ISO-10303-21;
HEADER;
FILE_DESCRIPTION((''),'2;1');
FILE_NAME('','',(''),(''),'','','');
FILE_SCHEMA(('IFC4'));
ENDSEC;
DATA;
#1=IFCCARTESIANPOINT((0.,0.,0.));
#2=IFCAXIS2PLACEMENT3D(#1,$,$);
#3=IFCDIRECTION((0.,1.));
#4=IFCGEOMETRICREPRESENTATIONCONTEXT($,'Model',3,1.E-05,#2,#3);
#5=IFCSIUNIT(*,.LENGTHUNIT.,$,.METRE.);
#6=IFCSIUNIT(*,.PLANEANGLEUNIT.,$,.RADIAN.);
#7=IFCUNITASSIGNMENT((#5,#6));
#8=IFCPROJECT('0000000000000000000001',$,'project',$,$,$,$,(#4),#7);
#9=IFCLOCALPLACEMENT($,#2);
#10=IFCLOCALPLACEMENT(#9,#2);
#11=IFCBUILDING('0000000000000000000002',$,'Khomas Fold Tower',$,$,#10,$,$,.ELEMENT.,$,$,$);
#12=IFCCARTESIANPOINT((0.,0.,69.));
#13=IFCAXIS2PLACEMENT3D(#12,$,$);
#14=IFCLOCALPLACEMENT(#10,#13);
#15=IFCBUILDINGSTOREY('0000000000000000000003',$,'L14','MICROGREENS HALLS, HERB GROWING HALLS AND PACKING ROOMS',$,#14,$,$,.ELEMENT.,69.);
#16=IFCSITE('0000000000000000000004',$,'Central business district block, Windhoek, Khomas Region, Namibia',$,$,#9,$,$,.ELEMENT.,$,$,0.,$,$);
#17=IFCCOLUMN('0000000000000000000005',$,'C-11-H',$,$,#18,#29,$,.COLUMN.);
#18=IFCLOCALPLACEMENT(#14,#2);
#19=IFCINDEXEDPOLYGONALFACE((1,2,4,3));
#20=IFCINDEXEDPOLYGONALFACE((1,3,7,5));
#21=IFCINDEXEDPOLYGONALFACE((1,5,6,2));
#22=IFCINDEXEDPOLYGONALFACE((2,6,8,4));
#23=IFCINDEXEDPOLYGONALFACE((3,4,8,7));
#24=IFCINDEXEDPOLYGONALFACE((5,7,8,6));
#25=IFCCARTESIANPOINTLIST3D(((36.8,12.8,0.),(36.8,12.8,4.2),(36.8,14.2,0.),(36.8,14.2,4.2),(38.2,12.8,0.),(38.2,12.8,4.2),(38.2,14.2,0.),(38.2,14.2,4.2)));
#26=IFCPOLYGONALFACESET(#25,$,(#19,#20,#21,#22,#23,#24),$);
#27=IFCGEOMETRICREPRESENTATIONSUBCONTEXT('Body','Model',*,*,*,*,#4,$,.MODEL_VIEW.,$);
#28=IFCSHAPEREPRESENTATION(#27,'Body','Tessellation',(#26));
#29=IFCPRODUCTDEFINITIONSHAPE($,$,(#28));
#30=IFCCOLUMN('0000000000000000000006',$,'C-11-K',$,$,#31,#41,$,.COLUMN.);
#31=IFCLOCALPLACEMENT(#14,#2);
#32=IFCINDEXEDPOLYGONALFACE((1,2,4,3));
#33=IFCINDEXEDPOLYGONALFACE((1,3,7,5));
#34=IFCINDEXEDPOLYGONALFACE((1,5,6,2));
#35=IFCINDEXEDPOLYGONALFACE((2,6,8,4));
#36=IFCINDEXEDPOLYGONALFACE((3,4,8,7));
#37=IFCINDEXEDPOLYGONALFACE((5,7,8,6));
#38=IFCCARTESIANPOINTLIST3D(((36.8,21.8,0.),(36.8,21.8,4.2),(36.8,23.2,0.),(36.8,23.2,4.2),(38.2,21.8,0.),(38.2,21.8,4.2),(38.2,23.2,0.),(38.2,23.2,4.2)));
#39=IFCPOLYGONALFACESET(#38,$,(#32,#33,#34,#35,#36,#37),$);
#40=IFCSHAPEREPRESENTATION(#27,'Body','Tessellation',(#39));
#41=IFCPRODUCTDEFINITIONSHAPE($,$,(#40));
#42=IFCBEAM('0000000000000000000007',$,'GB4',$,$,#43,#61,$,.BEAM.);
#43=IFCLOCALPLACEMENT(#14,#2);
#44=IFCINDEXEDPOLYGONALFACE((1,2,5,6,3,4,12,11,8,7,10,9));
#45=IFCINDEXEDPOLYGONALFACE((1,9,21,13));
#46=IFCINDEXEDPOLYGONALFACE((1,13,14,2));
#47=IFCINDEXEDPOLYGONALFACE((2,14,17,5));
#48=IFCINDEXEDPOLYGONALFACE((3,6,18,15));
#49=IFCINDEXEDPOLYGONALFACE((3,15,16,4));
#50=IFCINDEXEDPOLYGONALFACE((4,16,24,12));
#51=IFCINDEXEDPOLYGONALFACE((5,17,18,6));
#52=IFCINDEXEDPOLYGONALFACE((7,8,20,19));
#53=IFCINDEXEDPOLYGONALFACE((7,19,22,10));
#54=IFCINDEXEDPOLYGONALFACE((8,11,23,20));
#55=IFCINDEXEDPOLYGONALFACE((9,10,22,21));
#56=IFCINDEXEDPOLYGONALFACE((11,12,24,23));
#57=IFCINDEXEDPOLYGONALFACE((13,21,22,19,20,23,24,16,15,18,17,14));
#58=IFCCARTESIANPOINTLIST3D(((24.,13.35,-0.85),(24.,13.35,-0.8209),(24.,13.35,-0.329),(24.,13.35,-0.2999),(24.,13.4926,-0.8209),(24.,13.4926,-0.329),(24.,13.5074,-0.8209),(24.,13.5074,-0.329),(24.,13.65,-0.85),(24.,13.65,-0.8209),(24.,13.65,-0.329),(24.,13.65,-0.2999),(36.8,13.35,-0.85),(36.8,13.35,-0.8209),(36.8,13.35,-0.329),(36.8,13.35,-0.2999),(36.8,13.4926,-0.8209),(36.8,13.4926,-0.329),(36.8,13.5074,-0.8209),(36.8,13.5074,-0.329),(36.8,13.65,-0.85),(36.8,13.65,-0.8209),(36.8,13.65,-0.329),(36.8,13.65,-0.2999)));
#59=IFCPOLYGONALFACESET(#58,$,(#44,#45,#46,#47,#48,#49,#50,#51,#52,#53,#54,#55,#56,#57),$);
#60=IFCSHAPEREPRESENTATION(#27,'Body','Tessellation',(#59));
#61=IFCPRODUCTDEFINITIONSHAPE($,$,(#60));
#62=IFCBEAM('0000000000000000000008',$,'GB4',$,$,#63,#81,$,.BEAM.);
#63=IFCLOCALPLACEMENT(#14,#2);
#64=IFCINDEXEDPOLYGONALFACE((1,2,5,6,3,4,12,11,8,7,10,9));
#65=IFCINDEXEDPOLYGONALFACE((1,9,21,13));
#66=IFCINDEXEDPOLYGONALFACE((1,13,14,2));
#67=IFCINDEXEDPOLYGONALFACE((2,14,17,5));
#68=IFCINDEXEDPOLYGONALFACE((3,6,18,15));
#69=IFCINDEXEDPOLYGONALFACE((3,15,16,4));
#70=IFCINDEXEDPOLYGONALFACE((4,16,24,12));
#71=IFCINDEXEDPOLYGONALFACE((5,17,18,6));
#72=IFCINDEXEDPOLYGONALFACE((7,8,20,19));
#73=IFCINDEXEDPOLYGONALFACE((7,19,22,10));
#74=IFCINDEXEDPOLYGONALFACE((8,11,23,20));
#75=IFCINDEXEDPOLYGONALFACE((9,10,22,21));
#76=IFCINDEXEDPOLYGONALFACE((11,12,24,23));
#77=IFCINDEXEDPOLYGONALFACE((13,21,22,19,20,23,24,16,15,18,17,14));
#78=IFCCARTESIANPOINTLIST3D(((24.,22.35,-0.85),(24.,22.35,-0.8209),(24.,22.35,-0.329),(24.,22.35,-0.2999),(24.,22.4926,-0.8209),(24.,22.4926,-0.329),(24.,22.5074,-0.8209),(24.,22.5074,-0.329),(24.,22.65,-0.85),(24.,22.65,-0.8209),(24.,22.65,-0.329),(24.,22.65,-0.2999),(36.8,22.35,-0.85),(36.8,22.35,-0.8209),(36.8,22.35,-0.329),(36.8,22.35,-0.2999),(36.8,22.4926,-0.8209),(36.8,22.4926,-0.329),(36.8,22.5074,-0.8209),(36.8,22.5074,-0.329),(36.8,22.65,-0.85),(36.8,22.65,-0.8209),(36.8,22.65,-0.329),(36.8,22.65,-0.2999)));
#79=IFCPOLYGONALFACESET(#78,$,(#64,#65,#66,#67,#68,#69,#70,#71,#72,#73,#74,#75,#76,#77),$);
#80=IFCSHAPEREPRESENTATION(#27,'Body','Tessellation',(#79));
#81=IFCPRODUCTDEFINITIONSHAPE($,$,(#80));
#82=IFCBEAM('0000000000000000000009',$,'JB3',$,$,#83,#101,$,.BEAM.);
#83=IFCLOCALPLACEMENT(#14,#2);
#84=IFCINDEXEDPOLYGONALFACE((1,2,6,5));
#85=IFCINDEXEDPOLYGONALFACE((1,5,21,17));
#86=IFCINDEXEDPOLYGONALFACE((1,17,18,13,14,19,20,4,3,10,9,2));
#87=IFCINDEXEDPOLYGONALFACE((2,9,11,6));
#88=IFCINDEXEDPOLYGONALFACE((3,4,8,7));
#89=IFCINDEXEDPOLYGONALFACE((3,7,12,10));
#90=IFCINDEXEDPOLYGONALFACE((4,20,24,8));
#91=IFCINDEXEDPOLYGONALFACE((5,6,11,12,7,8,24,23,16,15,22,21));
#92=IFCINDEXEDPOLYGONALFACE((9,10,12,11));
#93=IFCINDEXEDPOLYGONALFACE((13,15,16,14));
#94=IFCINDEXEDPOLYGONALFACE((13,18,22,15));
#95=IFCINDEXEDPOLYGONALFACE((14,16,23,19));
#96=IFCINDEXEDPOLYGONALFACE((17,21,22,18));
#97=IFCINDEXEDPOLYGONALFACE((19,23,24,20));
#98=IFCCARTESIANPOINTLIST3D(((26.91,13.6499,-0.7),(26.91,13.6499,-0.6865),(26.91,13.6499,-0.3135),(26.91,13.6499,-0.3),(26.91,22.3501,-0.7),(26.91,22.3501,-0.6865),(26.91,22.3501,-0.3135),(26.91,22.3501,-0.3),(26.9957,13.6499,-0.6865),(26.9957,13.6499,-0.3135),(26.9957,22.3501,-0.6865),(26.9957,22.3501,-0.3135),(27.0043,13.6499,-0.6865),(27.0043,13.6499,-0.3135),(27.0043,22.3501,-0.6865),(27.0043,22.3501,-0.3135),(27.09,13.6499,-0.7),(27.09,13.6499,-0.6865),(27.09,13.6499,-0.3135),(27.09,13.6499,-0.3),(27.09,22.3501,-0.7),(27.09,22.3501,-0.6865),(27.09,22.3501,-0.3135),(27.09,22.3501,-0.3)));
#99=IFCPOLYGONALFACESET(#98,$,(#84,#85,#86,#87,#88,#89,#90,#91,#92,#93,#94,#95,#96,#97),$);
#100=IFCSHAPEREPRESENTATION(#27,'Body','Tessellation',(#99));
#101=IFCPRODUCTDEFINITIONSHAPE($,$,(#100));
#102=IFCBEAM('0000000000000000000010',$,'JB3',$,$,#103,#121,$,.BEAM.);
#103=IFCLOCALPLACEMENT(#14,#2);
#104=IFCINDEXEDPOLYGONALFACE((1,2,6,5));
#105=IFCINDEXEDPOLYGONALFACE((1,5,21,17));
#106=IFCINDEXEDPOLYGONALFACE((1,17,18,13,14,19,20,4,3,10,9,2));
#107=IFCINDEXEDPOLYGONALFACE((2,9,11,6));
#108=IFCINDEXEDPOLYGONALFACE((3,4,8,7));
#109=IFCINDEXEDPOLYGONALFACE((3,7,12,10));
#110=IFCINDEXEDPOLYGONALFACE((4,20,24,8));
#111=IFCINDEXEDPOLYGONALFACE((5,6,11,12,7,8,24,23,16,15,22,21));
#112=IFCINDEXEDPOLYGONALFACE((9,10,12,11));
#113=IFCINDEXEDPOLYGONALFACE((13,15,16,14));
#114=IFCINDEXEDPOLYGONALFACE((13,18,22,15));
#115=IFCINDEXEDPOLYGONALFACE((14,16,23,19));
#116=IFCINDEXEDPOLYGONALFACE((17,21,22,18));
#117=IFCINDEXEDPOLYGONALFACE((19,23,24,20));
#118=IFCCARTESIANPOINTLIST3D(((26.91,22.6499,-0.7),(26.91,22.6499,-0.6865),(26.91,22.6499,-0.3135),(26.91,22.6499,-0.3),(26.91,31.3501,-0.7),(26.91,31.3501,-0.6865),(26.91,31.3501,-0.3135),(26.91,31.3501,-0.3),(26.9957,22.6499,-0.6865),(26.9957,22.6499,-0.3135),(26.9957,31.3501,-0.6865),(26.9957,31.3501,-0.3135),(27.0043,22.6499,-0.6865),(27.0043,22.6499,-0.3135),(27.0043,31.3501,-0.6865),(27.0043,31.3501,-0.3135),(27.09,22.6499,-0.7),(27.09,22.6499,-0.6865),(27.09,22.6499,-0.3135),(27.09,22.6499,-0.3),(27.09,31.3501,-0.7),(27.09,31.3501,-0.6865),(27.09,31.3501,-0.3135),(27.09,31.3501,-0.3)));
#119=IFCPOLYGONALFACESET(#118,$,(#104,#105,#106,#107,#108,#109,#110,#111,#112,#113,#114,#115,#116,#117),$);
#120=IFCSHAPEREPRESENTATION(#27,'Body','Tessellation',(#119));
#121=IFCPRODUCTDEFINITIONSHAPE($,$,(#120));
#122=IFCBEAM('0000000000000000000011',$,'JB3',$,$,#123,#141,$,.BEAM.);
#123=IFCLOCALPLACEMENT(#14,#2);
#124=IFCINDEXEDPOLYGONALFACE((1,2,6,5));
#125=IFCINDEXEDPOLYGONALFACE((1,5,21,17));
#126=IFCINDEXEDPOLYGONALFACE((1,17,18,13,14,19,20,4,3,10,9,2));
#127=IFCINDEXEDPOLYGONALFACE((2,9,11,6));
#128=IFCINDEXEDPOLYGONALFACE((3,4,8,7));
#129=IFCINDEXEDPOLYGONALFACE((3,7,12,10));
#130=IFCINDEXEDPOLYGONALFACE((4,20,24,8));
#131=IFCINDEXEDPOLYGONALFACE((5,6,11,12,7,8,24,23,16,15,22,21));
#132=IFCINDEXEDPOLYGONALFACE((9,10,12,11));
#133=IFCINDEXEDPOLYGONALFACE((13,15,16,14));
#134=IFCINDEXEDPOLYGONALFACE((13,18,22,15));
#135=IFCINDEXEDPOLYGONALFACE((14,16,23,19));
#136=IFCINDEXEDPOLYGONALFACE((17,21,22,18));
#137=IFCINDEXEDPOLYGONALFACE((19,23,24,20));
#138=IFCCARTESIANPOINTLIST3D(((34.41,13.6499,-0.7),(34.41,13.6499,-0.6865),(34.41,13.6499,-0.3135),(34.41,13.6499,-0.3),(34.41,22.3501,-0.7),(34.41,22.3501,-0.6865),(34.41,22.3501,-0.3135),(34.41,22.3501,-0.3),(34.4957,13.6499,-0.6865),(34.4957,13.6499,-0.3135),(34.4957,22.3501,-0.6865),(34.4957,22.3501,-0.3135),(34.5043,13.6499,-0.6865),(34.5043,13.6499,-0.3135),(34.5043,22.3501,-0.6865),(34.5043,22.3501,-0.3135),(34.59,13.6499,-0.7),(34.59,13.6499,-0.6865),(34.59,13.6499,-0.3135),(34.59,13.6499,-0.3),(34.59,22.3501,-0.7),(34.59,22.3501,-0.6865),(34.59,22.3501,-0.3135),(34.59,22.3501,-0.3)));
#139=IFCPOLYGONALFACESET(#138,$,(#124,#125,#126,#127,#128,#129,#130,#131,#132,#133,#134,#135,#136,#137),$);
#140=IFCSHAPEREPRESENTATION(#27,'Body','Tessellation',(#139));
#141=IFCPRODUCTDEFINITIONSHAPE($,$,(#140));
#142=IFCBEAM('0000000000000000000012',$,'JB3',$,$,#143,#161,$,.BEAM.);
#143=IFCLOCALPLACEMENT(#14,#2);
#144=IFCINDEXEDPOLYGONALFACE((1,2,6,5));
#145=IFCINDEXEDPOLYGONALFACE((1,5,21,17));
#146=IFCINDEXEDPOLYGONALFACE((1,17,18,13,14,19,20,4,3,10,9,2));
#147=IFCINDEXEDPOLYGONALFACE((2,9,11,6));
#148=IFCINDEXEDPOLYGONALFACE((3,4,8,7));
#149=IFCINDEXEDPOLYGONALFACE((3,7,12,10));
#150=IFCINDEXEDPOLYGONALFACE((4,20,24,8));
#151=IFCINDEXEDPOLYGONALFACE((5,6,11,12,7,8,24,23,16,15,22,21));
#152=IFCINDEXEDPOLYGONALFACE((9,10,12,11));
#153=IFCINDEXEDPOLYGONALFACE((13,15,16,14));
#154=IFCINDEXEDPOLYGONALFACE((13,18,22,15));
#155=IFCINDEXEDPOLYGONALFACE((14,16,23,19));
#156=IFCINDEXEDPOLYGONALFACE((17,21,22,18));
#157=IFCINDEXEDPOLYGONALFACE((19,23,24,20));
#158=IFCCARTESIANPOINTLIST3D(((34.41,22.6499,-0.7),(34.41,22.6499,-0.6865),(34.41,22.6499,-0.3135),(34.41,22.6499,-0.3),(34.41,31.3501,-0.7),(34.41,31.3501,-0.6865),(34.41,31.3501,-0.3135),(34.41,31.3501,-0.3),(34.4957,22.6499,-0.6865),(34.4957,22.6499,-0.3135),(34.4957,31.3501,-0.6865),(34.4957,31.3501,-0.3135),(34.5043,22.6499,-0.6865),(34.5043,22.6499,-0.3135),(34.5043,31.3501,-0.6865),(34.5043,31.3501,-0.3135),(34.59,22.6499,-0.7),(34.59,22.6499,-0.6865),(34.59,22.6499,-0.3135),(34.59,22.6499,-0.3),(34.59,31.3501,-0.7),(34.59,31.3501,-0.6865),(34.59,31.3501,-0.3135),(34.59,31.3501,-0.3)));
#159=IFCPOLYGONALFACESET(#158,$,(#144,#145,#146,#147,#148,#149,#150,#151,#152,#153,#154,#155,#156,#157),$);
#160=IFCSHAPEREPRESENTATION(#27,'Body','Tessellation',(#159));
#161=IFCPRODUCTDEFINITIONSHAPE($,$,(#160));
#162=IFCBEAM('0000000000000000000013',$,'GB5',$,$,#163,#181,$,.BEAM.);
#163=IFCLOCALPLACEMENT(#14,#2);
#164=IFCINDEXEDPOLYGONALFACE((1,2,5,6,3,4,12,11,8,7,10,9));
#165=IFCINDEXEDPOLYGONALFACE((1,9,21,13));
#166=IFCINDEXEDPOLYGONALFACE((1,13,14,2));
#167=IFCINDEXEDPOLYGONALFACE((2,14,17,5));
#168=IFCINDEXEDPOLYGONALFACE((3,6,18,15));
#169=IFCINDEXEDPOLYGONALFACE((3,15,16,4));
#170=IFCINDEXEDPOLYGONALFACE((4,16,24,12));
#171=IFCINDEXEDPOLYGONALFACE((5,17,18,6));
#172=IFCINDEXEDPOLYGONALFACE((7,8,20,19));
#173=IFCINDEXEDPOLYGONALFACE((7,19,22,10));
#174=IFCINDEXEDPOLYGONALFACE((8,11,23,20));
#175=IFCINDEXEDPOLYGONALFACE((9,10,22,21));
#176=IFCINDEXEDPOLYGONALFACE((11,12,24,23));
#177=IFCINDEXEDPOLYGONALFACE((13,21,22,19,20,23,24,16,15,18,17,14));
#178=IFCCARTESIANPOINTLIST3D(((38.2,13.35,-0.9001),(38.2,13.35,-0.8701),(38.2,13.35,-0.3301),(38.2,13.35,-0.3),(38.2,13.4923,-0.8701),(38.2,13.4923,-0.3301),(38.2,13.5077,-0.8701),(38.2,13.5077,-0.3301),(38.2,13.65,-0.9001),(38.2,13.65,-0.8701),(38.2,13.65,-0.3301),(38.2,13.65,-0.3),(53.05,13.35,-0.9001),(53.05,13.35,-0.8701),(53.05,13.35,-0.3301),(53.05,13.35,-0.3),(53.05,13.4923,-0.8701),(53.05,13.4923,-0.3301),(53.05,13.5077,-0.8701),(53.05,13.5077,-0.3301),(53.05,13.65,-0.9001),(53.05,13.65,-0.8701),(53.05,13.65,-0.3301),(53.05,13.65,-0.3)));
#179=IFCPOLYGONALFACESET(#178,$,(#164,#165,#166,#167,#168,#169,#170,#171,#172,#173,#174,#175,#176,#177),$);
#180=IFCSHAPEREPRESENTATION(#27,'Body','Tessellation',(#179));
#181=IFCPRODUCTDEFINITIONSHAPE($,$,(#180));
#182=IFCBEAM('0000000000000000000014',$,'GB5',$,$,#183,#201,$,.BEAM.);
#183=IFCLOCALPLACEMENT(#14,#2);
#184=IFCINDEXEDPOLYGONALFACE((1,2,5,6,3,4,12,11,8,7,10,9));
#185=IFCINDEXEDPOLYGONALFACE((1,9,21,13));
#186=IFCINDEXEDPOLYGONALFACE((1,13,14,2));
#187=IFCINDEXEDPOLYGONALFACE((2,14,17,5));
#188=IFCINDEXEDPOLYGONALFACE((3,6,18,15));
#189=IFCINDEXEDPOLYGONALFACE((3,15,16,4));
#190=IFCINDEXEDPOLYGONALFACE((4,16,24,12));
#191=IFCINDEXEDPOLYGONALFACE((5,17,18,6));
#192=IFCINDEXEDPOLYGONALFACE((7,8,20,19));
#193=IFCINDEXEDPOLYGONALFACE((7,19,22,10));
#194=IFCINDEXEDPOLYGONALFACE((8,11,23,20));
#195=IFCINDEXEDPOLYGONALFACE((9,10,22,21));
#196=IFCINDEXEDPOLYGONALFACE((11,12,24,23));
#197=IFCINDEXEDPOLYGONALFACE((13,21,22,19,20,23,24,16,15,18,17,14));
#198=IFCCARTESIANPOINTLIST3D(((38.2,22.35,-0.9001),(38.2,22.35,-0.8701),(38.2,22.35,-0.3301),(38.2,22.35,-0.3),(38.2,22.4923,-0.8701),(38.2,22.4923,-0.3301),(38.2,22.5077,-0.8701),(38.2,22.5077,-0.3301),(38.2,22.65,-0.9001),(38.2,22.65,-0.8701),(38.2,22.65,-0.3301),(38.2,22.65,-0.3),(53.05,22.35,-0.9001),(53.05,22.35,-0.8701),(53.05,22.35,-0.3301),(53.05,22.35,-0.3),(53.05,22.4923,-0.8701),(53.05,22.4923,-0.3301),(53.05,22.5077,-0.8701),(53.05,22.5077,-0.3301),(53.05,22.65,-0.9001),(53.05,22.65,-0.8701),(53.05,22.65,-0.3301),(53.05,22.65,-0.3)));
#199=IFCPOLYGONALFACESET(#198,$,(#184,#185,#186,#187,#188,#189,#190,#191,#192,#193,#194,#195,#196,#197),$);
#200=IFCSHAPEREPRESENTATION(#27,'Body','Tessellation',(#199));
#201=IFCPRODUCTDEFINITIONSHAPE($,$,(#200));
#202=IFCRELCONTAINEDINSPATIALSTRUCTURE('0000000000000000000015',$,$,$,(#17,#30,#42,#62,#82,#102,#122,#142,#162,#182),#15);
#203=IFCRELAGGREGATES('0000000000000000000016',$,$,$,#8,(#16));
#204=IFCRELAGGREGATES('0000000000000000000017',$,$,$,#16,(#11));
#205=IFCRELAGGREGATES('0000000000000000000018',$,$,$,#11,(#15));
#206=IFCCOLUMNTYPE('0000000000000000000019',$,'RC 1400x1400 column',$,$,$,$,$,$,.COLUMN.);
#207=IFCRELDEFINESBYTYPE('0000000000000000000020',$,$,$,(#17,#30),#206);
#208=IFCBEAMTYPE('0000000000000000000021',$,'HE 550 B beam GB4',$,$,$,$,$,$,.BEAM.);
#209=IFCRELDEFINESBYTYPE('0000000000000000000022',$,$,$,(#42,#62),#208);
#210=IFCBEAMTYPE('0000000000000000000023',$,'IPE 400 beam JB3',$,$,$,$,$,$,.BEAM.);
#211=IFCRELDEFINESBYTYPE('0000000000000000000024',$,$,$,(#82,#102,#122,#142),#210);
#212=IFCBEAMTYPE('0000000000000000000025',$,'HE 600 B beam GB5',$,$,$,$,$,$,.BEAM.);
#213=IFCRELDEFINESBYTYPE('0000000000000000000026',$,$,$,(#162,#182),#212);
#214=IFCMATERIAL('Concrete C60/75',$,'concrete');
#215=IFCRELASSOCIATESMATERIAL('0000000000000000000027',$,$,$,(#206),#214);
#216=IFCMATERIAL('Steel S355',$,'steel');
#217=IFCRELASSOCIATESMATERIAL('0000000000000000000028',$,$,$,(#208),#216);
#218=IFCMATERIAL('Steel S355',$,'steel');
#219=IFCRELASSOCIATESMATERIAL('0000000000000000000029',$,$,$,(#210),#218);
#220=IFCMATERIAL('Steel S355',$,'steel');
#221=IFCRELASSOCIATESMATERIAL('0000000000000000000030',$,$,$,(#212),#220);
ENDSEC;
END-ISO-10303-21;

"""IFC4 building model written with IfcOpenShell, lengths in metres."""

from ifc_helpers import new_model, si_unit, direction, frame, origin, origin_2d, place, context, subcontext, project, spatial, rectangle, i_section, extrude, source, transform, mapped, material, material_profile, profile_set, type_object, element, save


model = new_model("IFC4")

# Units and contexts
model_context = context("Model", 3, precision=1e-05, world=origin(), true_north=direction((0.0, 1.0)))
body_context = subcontext(model_context, "Body", "Model", "MODEL_VIEW")
ifc_project = project(units=[si_unit("LENGTHUNIT", "METRE"), si_unit("PLANEANGLEUNIT", "RADIAN")], contexts=[model_context])

# Site, building, storey
site_placement = place(None, origin())
site = spatial("IfcSite", under=ifc_project, at=site_placement, Name="Central business district block, Windhoek, Khomas Region, Namibia", CompositionType="ELEMENT", RefElevation=0.0)
building_placement = place(site_placement, origin())
building = spatial("IfcBuilding", under=site, at=building_placement, Name="Khomas Fold Tower", CompositionType="ELEMENT")
storey_placement = place(building_placement, frame((0.0, 0.0, 69.0)))
storey = spatial("IfcBuildingStorey", under=building, at=storey_placement, Name="L14", Description="MICROGREENS HALLS, HERB GROWING HALLS AND PACKING ROOMS", CompositionType="ELEMENT", Elevation=69.0)

# Columns
ifc_material_1 = material(Name="Concrete C60/75", Category="concrete")
ifc_material_profile_1 = material_profile(ifc_material_1, rectangle(XDim=1.3999, YDim=1.3999, at=origin_2d()), Name="RC 1400x1400")
ifc_profile_set_1 = profile_set([ifc_material_profile_1], Name="Concrete C60/75")
column_type = type_object("IfcColumnType", Name="RC 1400x1400 column", PredefinedType="COLUMN", material=ifc_profile_set_1)
shared_shape_1 = source(origin(), body_context, "Body", "SweptSolid", [
    extrude(rectangle(XDim=1.3999, YDim=1.3999, at=origin_2d()), origin(), (0.0, 0.0, 1.0), 4.2),
])
for number, where, z_axis, x_axis, name in (
    (1, (37.5, 13.5, 0.0), (0.0, 0.0, 1.0), (1.0, 0.0, 0.0), "C-11-H"),
    (2, (37.5, 22.5, 0.0), (0.0, 0.0, 1.0), (1.0, 0.0, 0.0), "C-11-K"),
):
    element("IfcColumn", number, at=place(storey_placement, frame(where, z_axis=z_axis, x_axis=x_axis)), inside=storey, type_object=column_type, Name=name, PredefinedType="COLUMN", context=body_context, shape_type="MappedRepresentation", body=[
        mapped(shared_shape_1, transform((0.0, 0.0, 0.0))),
    ])

# Beams
ifc_material_2 = material(Name="Steel S355", Category="steel")
ifc_material_profile_2 = material_profile(ifc_material_2, i_section(OverallWidth=0.3, OverallDepth=0.55, WebThickness=0.0149, FlangeThickness=0.0291, at=origin_2d()), Name="HE 550 B")
ifc_profile_set_2 = profile_set([ifc_material_profile_2], Name="Steel S355")
beam_type_1 = type_object("IfcBeamType", Name="HE 550 B beam GB4", PredefinedType="BEAM", material=ifc_profile_set_2)
shared_shape_2 = source(origin(), body_context, "Body", "SweptSolid", [
    extrude(i_section(OverallWidth=0.3, OverallDepth=0.55, WebThickness=0.0149, FlangeThickness=0.0291, at=origin_2d()), origin(), (0.0, 0.0, 1.0), 12.8),
])
for number, where, z_axis, x_axis, name in (
    (3, (24.0, 13.5, -0.575), (1.0, 0.0, 0.0), (0.0, 1.0, 0.0), "GB4"),
    (4, (24.0, 22.5, -0.575), (1.0, 0.0, 0.0), (0.0, 1.0, 0.0), "GB4"),
):
    element("IfcBeam", number, at=place(storey_placement, frame(where, z_axis=z_axis, x_axis=x_axis)), inside=storey, type_object=beam_type_1, Name=name, PredefinedType="BEAM", context=body_context, shape_type="MappedRepresentation", body=[
        mapped(shared_shape_2, transform((0.0, 0.0, 0.0))),
    ])
ifc_material_3 = material(Name="Steel S355", Category="steel")
ifc_material_profile_3 = material_profile(ifc_material_3, i_section(OverallWidth=0.1799, OverallDepth=0.3999, WebThickness=0.0085, FlangeThickness=0.0134, at=origin_2d()), Name="IPE 400")
ifc_profile_set_3 = profile_set([ifc_material_profile_3], Name="Steel S355")
beam_type_2 = type_object("IfcBeamType", Name="IPE 400 beam JB3", PredefinedType="BEAM", material=ifc_profile_set_3)
shared_shape_3 = source(origin(), body_context, "Body", "SweptSolid", [
    extrude(i_section(OverallWidth=0.1799, OverallDepth=0.3999, WebThickness=0.0085, FlangeThickness=0.0134, at=origin_2d()), origin(), (0.0, 0.0, 1.0), 8.7002),
])
for number, where, z_axis, x_axis, name in (
    (5, (27.0, 13.6499, -0.5), (0.0, 1.0, 0.0), (-1.0, 0.0, 0.0), "JB3"),
    (6, (27.0, 22.6499, -0.5), (0.0, 1.0, 0.0), (-1.0, 0.0, 0.0), "JB3"),
    (7, (34.5, 13.6499, -0.5), (0.0, 1.0, 0.0), (-1.0, 0.0, 0.0), "JB3"),
    (8, (34.5, 22.6499, -0.5), (0.0, 1.0, 0.0), (-1.0, 0.0, 0.0), "JB3"),
):
    element("IfcBeam", number, at=place(storey_placement, frame(where, z_axis=z_axis, x_axis=x_axis)), inside=storey, type_object=beam_type_2, Name=name, PredefinedType="BEAM", context=body_context, shape_type="MappedRepresentation", body=[
        mapped(shared_shape_3, transform((0.0, 0.0, 0.0))),
    ])
ifc_material_4 = material(Name="Steel S355", Category="steel")
ifc_material_profile_4 = material_profile(ifc_material_4, i_section(OverallWidth=0.3, OverallDepth=0.6001, WebThickness=0.0154, FlangeThickness=0.03, at=origin_2d()), Name="HE 600 B")
ifc_profile_set_4 = profile_set([ifc_material_profile_4], Name="Steel S355")
beam_type_3 = type_object("IfcBeamType", Name="HE 600 B beam GB5", PredefinedType="BEAM", material=ifc_profile_set_4)
shared_shape_4 = source(origin(), body_context, "Body", "SweptSolid", [
    extrude(i_section(OverallWidth=0.3, OverallDepth=0.6001, WebThickness=0.0154, FlangeThickness=0.03, at=origin_2d()), origin(), (0.0, 0.0, 1.0), 14.8501),
])
for number, where, z_axis, x_axis, name in (
    (9, (38.2, 13.5, -0.6001), (1.0, 0.0, 0.0), (0.0, 1.0, 0.0), "GB5"),
    (10, (38.2, 22.5, -0.6001), (1.0, 0.0, 0.0), (0.0, 1.0, 0.0), "GB5"),
):
    element("IfcBeam", number, at=place(storey_placement, frame(where, z_axis=z_axis, x_axis=x_axis)), inside=storey, type_object=beam_type_3, Name=name, PredefinedType="BEAM", context=body_context, shape_type="MappedRepresentation", body=[
        mapped(shared_shape_4, transform((0.0, 0.0, 0.0))),
    ])

save(model, "model.ifc")
